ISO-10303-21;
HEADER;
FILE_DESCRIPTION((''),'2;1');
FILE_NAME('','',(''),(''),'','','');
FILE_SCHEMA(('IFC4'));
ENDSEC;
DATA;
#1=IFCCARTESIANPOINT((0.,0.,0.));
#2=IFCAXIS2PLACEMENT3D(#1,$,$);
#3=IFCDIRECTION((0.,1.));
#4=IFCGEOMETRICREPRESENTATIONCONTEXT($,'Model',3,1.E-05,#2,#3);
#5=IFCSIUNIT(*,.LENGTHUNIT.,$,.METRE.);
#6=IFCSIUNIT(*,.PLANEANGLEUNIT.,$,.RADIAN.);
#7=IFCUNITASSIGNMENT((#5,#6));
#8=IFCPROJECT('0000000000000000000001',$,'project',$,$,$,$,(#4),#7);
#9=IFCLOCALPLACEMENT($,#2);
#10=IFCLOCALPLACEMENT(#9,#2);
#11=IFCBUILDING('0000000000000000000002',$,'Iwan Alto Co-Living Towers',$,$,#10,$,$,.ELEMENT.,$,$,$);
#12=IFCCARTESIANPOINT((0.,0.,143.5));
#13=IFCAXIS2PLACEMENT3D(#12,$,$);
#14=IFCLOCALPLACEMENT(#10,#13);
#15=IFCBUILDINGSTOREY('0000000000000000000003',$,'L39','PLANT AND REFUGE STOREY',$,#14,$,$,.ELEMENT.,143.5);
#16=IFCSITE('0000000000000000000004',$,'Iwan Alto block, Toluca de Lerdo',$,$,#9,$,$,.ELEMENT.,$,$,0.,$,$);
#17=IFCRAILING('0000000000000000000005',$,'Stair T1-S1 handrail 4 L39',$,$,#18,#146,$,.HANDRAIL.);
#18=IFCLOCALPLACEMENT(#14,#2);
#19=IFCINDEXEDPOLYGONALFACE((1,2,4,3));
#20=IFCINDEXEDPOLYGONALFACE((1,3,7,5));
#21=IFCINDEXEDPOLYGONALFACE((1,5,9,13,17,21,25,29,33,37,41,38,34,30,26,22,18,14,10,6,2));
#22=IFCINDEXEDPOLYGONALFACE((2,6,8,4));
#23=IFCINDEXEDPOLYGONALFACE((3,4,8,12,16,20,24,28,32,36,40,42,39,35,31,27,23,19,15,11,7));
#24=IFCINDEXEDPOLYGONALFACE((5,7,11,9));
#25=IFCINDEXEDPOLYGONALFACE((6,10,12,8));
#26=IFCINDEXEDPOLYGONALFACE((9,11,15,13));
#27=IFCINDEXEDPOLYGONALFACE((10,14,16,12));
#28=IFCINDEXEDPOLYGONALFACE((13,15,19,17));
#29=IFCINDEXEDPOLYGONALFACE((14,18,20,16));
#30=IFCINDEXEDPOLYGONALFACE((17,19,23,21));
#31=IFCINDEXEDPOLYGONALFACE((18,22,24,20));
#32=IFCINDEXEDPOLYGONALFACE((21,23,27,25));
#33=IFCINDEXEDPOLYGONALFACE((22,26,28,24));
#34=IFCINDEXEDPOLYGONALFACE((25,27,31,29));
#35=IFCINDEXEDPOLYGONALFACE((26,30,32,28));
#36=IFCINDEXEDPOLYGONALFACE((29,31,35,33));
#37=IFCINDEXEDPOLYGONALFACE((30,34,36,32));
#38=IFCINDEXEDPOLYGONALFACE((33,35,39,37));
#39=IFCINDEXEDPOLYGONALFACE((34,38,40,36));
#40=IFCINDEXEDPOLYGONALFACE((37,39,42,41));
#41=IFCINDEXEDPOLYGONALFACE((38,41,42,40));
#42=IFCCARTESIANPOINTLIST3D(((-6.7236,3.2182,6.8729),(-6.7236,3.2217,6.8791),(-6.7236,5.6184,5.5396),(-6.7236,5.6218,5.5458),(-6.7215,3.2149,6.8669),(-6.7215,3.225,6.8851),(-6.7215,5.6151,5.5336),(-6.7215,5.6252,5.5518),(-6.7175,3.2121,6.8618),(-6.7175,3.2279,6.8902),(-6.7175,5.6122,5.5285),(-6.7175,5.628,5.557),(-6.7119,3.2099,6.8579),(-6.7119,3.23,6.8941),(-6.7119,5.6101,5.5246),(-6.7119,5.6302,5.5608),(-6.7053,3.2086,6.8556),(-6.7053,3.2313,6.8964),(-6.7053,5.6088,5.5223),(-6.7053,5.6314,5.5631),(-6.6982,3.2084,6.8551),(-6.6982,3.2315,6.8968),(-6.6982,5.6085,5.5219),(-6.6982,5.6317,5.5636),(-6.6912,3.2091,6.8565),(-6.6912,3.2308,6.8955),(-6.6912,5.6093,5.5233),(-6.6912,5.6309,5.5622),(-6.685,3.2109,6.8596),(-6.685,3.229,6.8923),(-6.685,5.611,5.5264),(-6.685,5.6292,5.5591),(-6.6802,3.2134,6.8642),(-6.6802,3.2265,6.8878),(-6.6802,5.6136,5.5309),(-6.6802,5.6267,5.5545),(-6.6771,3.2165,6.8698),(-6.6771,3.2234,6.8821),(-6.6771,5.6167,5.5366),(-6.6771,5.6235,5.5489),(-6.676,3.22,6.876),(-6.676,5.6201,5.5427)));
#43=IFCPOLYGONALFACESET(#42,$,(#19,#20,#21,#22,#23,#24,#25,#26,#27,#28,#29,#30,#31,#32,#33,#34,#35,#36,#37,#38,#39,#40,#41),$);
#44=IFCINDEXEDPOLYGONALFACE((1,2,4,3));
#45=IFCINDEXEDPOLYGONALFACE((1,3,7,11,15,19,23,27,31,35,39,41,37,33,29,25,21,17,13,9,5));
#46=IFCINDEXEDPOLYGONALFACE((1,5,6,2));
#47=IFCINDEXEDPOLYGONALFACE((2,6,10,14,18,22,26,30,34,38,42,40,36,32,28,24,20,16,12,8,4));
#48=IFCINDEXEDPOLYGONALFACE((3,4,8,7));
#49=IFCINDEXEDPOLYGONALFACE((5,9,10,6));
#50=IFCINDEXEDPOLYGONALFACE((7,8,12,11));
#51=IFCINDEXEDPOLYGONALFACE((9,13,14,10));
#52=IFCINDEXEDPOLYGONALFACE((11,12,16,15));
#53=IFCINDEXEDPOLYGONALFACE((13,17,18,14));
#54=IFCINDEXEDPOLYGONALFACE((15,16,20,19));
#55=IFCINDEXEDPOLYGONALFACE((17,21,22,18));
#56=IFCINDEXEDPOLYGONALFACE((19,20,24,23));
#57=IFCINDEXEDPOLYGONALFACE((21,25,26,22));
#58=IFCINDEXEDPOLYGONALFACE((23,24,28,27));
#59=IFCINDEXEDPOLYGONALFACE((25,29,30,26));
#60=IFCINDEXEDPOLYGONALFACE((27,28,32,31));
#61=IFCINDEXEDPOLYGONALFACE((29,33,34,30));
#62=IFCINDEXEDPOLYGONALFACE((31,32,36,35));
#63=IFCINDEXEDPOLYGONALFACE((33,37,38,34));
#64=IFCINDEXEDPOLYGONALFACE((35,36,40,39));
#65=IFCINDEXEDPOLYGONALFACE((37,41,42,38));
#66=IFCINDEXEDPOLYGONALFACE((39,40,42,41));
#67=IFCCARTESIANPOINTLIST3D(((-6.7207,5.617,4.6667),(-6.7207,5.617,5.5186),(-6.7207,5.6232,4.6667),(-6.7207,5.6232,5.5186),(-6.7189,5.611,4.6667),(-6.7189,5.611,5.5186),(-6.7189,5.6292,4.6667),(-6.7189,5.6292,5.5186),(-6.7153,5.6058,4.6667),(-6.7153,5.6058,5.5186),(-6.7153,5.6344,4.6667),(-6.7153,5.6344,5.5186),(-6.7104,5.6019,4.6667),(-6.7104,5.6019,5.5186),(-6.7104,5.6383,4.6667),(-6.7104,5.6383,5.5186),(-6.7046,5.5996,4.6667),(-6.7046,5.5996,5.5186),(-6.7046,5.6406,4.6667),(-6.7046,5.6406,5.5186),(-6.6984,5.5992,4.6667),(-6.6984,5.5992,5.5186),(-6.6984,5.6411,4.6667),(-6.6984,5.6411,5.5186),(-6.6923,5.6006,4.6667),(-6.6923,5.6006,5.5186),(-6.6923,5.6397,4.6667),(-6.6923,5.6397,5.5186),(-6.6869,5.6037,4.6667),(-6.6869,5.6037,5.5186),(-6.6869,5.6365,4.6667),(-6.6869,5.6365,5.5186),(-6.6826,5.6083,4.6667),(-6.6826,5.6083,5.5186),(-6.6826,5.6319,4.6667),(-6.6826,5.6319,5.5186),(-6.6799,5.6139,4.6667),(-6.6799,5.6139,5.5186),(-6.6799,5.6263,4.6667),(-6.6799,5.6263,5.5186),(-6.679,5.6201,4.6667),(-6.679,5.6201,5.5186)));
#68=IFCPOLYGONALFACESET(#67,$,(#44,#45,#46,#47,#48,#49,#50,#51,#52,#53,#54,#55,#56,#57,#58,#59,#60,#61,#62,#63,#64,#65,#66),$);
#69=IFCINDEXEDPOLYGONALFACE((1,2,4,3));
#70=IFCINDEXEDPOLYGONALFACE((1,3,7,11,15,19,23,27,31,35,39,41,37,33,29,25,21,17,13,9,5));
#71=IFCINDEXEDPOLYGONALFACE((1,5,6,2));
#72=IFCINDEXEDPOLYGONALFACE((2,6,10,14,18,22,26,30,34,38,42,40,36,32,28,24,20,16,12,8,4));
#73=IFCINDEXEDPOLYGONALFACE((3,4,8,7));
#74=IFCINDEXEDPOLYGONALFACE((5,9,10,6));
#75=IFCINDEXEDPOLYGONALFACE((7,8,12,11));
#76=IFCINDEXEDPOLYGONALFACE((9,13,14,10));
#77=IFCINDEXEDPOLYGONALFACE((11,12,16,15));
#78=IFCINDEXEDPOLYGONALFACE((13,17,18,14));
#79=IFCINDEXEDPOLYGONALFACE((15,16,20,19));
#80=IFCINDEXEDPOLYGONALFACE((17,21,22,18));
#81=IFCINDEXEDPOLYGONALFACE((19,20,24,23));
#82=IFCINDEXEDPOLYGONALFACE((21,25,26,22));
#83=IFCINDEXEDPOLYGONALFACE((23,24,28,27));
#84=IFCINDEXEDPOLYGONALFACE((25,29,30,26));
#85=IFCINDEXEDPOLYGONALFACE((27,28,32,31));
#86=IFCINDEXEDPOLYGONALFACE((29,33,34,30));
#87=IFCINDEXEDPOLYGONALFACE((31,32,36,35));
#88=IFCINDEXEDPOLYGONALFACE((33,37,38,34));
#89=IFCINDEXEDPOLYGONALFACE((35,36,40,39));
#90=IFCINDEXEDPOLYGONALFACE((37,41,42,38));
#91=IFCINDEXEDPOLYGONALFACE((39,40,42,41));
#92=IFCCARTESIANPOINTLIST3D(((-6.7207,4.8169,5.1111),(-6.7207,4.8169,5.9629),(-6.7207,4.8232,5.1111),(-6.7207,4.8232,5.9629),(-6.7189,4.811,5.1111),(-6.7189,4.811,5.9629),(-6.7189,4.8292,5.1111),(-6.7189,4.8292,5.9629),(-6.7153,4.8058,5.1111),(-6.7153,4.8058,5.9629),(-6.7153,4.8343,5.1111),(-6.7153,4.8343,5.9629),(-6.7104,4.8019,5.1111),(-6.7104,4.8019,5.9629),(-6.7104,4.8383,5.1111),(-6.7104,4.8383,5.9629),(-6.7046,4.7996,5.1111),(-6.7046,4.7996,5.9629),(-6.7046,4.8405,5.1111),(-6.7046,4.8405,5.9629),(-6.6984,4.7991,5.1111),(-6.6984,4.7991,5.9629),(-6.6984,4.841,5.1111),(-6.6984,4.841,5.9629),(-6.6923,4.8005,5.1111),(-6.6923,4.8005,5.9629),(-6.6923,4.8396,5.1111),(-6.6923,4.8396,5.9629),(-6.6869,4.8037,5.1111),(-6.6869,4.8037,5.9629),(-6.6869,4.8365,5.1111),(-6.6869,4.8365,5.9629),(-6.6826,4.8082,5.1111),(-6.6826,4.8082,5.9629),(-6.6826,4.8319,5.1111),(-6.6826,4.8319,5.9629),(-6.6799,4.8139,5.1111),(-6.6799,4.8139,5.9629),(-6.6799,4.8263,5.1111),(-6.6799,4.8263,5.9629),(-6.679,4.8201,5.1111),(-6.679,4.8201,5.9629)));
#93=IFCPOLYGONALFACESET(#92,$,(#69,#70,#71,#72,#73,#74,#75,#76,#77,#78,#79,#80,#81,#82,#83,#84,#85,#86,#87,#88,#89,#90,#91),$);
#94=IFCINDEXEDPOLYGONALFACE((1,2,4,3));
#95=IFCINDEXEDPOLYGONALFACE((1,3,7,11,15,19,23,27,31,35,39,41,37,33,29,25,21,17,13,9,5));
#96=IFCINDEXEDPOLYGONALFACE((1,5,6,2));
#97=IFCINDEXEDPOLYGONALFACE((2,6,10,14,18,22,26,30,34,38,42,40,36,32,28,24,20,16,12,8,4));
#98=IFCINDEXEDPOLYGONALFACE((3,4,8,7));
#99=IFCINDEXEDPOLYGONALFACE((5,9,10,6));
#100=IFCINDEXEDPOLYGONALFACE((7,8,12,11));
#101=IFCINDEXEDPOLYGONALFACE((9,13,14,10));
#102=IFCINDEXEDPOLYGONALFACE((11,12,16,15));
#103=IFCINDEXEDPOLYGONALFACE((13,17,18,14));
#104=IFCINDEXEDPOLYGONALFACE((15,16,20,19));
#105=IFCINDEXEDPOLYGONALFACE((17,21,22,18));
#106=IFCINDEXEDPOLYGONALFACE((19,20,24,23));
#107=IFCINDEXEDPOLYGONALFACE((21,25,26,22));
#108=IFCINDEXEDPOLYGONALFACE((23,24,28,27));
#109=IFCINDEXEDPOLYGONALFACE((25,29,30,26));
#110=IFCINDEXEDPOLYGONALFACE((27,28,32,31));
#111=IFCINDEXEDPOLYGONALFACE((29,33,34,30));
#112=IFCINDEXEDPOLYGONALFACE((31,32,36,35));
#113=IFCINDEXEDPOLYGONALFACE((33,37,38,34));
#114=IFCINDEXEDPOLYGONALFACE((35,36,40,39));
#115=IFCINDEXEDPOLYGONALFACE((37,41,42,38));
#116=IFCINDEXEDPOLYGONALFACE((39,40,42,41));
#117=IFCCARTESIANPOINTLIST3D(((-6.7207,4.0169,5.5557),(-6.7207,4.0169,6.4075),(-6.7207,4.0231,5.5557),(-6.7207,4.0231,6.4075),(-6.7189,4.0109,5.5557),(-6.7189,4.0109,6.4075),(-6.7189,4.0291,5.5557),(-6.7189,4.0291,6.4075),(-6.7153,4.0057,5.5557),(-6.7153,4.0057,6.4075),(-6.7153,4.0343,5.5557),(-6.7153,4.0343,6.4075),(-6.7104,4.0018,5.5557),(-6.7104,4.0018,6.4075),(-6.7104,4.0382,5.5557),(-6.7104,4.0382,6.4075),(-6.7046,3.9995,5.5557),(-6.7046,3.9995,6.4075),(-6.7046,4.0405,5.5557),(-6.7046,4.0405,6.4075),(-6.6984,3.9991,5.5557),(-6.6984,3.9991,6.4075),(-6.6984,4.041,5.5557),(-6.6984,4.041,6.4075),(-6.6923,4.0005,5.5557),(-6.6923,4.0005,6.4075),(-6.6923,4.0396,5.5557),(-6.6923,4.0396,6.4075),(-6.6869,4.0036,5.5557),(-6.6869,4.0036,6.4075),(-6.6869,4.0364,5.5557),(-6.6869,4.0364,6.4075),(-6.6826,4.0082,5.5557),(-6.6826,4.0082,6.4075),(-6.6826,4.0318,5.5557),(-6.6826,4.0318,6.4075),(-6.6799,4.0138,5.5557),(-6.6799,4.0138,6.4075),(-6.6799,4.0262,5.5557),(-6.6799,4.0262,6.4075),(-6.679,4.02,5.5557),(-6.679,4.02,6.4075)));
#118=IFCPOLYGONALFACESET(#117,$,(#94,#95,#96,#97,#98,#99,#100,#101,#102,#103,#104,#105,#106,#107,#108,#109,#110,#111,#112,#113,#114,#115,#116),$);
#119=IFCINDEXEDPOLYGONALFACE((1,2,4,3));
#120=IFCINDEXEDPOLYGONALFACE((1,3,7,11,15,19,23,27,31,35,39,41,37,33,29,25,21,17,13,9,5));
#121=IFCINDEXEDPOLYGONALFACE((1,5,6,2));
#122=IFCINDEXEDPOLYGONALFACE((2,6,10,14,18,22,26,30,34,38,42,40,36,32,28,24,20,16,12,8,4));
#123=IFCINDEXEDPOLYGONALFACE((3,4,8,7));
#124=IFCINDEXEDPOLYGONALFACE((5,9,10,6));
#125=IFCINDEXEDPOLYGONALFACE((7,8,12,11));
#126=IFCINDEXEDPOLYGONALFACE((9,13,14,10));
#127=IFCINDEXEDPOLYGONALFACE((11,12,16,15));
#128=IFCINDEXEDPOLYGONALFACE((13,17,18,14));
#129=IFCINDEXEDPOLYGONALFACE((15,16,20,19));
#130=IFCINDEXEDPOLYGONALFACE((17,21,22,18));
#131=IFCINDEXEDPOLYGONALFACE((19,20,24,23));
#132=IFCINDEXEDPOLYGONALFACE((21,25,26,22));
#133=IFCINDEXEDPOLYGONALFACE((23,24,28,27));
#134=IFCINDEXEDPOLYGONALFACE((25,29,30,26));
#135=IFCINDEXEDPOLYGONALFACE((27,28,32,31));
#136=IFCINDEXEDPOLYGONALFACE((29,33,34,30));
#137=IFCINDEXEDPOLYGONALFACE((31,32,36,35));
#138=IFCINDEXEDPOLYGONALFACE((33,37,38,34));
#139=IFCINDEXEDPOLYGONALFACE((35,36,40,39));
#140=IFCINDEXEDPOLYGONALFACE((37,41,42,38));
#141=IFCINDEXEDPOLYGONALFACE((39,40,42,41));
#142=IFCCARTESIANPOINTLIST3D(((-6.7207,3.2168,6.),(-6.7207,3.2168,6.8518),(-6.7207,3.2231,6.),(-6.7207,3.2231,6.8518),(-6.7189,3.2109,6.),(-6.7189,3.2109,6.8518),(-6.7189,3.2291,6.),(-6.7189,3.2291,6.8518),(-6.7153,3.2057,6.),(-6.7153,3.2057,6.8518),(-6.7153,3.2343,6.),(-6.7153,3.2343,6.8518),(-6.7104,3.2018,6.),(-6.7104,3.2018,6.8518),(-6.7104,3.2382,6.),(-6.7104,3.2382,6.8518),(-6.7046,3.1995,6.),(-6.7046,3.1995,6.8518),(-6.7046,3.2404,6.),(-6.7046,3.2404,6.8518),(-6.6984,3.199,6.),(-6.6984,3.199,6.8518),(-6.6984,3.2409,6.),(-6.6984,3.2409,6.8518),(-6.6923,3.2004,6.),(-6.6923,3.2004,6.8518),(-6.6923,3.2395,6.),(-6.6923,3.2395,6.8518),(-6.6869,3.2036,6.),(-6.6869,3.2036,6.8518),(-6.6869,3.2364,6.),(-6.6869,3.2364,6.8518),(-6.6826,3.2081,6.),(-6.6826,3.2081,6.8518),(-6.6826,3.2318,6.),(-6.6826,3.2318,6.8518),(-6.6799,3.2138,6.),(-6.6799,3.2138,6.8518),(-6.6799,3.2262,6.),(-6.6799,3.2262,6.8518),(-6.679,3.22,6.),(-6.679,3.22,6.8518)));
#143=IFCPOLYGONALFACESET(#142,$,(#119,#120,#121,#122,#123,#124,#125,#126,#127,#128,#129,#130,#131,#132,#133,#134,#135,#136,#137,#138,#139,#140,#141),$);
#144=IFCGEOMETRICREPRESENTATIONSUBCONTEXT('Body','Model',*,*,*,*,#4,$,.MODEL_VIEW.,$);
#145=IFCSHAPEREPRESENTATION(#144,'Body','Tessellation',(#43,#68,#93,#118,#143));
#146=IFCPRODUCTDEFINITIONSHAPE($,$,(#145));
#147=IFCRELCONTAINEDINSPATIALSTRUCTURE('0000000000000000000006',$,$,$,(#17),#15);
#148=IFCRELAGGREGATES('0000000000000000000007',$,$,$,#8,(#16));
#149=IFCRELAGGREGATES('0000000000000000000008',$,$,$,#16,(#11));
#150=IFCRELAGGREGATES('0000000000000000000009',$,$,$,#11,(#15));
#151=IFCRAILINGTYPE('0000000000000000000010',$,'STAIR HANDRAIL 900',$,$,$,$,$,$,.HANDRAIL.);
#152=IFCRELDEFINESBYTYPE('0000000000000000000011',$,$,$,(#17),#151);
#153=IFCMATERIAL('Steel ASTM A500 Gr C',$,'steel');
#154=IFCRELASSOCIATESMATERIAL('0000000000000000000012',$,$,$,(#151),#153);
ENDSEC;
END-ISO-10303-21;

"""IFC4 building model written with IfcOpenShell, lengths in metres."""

from ifc_helpers import new_model, si_unit, direction, frame, origin, origin_2d, place, context, subcontext, project, spatial, circle, extrude, material, type_object, element, save


model = new_model("IFC4")

# Units and contexts
model_context = context("Model", 3, precision=1e-05, world=origin(), true_north=direction((0.0, 1.0)))
body_context = subcontext(model_context, "Body", "Model", "MODEL_VIEW")
ifc_project = project(units=[si_unit("LENGTHUNIT", "METRE"), si_unit("PLANEANGLEUNIT", "RADIAN")], contexts=[model_context])

# Site, building, storey
site_placement = place(None, origin())
site = spatial("IfcSite", under=ifc_project, at=site_placement, Name="Iwan Alto block, Toluca de Lerdo", CompositionType="ELEMENT", RefElevation=0.0)
building_placement = place(site_placement, origin())
building = spatial("IfcBuilding", under=site, at=building_placement, Name="Iwan Alto Co-Living Towers", CompositionType="ELEMENT")
storey_placement = place(building_placement, frame((0.0, 0.0, 143.5)))
storey = spatial("IfcBuildingStorey", under=building, at=storey_placement, Name="L39", Description="PLANT AND REFUGE STOREY", CompositionType="ELEMENT", Elevation=143.5)

# Railing
ifc_material_1 = material(Name="Steel ASTM A500 Gr C", Category="steel")
railing_type_1 = type_object("IfcRailingType", Name="STAIR HANDRAIL 900", PredefinedType="HANDRAIL", material=ifc_material_1)
railing_1_placement = place(storey_placement, frame((-6.7, 5.6201, 4.6667)))
element("IfcRailing", 1, at=railing_1_placement, inside=storey, type_object=railing_type_1, Name="Stair T1-S1 handrail 4 L39", PredefinedType="HANDRAIL", context=body_context, shape_type="SweptSolid", body=[
    extrude(circle(Radius=0.0239, at=origin_2d()), frame((0.0, 0.0, 0.876), z_axis=(0.0, -0.874182, 0.485598), x_axis=(1.0, 0.0, 0.0)), (0.0, 0.0, 1.0), 2.7456),
    extrude(circle(Radius=0.021, at=origin_2d()), origin(), (0.0, 0.0, 1.0), 0.8518),
    extrude(circle(Radius=0.021, at=origin_2d()), frame((0.0, -0.8, 0.4443)), (0.0, 0.0, 1.0), 0.8518),
    extrude(circle(Radius=0.021, at=origin_2d()), frame((0.0, -1.6001, 0.8889)), (0.0, 0.0, 1.0), 0.8518),
    extrude(circle(Radius=0.021, at=origin_2d()), frame((0.0, -2.4001, 1.3333)), (0.0, 0.0, 1.0), 0.8518),
])

save(model, "model.ifc")
